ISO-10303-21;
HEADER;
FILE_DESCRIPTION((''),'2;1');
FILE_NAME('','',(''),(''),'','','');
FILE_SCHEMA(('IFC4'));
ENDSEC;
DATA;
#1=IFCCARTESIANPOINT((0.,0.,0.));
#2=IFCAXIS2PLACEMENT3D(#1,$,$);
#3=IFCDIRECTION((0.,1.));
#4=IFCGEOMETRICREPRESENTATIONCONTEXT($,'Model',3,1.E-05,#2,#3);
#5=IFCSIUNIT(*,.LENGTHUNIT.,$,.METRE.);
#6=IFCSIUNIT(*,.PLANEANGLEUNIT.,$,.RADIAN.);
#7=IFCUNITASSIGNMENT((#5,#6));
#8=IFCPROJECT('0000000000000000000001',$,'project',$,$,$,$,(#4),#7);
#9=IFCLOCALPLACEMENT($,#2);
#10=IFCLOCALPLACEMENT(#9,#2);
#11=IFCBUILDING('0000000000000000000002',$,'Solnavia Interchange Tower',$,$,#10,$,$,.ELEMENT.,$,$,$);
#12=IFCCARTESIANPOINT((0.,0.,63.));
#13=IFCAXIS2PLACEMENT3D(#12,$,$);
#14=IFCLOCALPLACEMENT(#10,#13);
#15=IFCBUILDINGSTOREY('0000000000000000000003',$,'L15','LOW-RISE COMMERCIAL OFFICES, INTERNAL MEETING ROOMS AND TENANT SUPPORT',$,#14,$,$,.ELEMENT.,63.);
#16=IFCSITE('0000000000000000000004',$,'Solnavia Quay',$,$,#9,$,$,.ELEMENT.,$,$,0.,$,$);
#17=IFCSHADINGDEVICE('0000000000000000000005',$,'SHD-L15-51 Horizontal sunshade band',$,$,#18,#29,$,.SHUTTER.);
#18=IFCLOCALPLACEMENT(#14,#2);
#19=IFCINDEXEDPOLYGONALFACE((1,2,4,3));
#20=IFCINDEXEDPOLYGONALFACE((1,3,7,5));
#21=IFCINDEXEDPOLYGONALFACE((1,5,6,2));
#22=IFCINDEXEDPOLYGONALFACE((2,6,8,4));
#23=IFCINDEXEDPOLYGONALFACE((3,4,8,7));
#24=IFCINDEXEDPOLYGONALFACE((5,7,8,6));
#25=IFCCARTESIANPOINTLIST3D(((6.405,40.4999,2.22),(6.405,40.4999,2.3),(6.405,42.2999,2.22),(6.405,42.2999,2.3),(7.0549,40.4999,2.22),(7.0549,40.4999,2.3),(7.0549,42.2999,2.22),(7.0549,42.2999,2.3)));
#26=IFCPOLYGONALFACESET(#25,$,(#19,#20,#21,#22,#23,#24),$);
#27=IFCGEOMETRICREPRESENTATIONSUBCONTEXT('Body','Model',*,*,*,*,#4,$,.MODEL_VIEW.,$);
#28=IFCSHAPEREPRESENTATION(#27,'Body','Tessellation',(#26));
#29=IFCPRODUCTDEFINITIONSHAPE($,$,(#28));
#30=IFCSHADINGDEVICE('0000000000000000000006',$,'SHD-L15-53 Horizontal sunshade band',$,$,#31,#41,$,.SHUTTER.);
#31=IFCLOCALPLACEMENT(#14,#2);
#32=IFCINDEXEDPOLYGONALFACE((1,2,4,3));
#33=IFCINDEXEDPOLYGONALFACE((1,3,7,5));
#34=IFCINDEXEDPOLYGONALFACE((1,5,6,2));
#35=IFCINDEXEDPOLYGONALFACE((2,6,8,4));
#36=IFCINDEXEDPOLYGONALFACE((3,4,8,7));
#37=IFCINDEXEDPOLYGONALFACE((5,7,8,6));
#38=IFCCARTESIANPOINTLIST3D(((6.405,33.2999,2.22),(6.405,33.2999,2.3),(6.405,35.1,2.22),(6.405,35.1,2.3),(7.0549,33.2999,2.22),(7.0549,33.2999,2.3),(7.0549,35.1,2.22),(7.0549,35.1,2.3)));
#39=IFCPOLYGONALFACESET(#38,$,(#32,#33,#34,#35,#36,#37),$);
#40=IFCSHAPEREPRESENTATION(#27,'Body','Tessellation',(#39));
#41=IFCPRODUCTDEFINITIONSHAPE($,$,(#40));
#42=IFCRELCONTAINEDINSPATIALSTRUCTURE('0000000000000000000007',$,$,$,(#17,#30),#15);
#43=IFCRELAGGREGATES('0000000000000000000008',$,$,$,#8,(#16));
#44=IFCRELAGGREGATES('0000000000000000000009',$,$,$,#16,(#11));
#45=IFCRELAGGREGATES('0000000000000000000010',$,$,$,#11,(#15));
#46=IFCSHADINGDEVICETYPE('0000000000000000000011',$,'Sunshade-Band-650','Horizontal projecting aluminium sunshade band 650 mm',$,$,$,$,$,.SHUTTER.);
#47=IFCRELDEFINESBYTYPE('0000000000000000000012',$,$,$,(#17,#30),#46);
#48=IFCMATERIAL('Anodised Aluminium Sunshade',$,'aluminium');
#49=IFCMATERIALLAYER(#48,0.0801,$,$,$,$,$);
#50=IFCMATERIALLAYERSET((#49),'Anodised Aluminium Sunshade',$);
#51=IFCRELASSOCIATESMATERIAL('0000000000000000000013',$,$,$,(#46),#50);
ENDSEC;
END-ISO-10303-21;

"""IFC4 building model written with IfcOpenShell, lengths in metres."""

from ifc_helpers import new_model, si_unit, direction, frame, origin, origin_2d, place, context, subcontext, project, spatial, rectangle, extrude, material, layer, layer_set, type_object, element, save


model = new_model("IFC4")

# Units and contexts
model_context = context("Model", 3, precision=1e-05, world=origin(), true_north=direction((0.0, 1.0)))
body_context = subcontext(model_context, "Body", "Model", "MODEL_VIEW")
ifc_project = project(units=[si_unit("LENGTHUNIT", "METRE"), si_unit("PLANEANGLEUNIT", "RADIAN")], contexts=[model_context])

# Site, building, storey
site_placement = place(None, origin())
site = spatial("IfcSite", under=ifc_project, at=site_placement, Name="Solnavia Quay", CompositionType="ELEMENT", RefElevation=0.0)
building_placement = place(site_placement, origin())
building = spatial("IfcBuilding", under=site, at=building_placement, Name="Solnavia Interchange Tower", CompositionType="ELEMENT")
storey_placement = place(building_placement, frame((0.0, 0.0, 63.0)))
storey = spatial("IfcBuildingStorey", under=building, at=storey_placement, Name="L15", Description="LOW-RISE COMMERCIAL OFFICES, INTERNAL MEETING ROOMS AND TENANT SUPPORT", CompositionType="ELEMENT", Elevation=63.0)

# Shading devices
ifc_material_1 = material(Name="Anodised Aluminium Sunshade", Category="aluminium")
ifc_layer_1 = layer(ifc_material_1, 0.0801)
ifc_layer_set_1 = layer_set([ifc_layer_1], Name="Anodised Aluminium Sunshade")
shading_device_type = type_object("IfcShadingDeviceType", Name="Sunshade-Band-650", Description="Horizontal projecting aluminium sunshade band 650 mm", PredefinedType="SHUTTER", material=ifc_layer_set_1)
for number, where, z_axis, x_axis, name in (
    (1, (6.73, 41.3999, 2.22), (0.0, 0.0, 1.0), (0.0, 1.0, 0.0), "SHD-L15-51 Horizontal sunshade band"),
    (2, (6.73, 34.2, 2.22), (0.0, 0.0, 1.0), (0.0, 1.0, 0.0), "SHD-L15-53 Horizontal sunshade band"),
):
    element("IfcShadingDevice", number, at=place(storey_placement, frame(where, z_axis=z_axis, x_axis=x_axis)), inside=storey, type_object=shading_device_type, Name=name, PredefinedType="SHUTTER", context=body_context, shape_type="SweptSolid", body=[
        extrude(rectangle(XDim=1.8, YDim=0.6499, at=origin_2d()), origin(), (0.0, 0.0, 1.0), 0.0801),
    ])

save(model, "model.ifc")
